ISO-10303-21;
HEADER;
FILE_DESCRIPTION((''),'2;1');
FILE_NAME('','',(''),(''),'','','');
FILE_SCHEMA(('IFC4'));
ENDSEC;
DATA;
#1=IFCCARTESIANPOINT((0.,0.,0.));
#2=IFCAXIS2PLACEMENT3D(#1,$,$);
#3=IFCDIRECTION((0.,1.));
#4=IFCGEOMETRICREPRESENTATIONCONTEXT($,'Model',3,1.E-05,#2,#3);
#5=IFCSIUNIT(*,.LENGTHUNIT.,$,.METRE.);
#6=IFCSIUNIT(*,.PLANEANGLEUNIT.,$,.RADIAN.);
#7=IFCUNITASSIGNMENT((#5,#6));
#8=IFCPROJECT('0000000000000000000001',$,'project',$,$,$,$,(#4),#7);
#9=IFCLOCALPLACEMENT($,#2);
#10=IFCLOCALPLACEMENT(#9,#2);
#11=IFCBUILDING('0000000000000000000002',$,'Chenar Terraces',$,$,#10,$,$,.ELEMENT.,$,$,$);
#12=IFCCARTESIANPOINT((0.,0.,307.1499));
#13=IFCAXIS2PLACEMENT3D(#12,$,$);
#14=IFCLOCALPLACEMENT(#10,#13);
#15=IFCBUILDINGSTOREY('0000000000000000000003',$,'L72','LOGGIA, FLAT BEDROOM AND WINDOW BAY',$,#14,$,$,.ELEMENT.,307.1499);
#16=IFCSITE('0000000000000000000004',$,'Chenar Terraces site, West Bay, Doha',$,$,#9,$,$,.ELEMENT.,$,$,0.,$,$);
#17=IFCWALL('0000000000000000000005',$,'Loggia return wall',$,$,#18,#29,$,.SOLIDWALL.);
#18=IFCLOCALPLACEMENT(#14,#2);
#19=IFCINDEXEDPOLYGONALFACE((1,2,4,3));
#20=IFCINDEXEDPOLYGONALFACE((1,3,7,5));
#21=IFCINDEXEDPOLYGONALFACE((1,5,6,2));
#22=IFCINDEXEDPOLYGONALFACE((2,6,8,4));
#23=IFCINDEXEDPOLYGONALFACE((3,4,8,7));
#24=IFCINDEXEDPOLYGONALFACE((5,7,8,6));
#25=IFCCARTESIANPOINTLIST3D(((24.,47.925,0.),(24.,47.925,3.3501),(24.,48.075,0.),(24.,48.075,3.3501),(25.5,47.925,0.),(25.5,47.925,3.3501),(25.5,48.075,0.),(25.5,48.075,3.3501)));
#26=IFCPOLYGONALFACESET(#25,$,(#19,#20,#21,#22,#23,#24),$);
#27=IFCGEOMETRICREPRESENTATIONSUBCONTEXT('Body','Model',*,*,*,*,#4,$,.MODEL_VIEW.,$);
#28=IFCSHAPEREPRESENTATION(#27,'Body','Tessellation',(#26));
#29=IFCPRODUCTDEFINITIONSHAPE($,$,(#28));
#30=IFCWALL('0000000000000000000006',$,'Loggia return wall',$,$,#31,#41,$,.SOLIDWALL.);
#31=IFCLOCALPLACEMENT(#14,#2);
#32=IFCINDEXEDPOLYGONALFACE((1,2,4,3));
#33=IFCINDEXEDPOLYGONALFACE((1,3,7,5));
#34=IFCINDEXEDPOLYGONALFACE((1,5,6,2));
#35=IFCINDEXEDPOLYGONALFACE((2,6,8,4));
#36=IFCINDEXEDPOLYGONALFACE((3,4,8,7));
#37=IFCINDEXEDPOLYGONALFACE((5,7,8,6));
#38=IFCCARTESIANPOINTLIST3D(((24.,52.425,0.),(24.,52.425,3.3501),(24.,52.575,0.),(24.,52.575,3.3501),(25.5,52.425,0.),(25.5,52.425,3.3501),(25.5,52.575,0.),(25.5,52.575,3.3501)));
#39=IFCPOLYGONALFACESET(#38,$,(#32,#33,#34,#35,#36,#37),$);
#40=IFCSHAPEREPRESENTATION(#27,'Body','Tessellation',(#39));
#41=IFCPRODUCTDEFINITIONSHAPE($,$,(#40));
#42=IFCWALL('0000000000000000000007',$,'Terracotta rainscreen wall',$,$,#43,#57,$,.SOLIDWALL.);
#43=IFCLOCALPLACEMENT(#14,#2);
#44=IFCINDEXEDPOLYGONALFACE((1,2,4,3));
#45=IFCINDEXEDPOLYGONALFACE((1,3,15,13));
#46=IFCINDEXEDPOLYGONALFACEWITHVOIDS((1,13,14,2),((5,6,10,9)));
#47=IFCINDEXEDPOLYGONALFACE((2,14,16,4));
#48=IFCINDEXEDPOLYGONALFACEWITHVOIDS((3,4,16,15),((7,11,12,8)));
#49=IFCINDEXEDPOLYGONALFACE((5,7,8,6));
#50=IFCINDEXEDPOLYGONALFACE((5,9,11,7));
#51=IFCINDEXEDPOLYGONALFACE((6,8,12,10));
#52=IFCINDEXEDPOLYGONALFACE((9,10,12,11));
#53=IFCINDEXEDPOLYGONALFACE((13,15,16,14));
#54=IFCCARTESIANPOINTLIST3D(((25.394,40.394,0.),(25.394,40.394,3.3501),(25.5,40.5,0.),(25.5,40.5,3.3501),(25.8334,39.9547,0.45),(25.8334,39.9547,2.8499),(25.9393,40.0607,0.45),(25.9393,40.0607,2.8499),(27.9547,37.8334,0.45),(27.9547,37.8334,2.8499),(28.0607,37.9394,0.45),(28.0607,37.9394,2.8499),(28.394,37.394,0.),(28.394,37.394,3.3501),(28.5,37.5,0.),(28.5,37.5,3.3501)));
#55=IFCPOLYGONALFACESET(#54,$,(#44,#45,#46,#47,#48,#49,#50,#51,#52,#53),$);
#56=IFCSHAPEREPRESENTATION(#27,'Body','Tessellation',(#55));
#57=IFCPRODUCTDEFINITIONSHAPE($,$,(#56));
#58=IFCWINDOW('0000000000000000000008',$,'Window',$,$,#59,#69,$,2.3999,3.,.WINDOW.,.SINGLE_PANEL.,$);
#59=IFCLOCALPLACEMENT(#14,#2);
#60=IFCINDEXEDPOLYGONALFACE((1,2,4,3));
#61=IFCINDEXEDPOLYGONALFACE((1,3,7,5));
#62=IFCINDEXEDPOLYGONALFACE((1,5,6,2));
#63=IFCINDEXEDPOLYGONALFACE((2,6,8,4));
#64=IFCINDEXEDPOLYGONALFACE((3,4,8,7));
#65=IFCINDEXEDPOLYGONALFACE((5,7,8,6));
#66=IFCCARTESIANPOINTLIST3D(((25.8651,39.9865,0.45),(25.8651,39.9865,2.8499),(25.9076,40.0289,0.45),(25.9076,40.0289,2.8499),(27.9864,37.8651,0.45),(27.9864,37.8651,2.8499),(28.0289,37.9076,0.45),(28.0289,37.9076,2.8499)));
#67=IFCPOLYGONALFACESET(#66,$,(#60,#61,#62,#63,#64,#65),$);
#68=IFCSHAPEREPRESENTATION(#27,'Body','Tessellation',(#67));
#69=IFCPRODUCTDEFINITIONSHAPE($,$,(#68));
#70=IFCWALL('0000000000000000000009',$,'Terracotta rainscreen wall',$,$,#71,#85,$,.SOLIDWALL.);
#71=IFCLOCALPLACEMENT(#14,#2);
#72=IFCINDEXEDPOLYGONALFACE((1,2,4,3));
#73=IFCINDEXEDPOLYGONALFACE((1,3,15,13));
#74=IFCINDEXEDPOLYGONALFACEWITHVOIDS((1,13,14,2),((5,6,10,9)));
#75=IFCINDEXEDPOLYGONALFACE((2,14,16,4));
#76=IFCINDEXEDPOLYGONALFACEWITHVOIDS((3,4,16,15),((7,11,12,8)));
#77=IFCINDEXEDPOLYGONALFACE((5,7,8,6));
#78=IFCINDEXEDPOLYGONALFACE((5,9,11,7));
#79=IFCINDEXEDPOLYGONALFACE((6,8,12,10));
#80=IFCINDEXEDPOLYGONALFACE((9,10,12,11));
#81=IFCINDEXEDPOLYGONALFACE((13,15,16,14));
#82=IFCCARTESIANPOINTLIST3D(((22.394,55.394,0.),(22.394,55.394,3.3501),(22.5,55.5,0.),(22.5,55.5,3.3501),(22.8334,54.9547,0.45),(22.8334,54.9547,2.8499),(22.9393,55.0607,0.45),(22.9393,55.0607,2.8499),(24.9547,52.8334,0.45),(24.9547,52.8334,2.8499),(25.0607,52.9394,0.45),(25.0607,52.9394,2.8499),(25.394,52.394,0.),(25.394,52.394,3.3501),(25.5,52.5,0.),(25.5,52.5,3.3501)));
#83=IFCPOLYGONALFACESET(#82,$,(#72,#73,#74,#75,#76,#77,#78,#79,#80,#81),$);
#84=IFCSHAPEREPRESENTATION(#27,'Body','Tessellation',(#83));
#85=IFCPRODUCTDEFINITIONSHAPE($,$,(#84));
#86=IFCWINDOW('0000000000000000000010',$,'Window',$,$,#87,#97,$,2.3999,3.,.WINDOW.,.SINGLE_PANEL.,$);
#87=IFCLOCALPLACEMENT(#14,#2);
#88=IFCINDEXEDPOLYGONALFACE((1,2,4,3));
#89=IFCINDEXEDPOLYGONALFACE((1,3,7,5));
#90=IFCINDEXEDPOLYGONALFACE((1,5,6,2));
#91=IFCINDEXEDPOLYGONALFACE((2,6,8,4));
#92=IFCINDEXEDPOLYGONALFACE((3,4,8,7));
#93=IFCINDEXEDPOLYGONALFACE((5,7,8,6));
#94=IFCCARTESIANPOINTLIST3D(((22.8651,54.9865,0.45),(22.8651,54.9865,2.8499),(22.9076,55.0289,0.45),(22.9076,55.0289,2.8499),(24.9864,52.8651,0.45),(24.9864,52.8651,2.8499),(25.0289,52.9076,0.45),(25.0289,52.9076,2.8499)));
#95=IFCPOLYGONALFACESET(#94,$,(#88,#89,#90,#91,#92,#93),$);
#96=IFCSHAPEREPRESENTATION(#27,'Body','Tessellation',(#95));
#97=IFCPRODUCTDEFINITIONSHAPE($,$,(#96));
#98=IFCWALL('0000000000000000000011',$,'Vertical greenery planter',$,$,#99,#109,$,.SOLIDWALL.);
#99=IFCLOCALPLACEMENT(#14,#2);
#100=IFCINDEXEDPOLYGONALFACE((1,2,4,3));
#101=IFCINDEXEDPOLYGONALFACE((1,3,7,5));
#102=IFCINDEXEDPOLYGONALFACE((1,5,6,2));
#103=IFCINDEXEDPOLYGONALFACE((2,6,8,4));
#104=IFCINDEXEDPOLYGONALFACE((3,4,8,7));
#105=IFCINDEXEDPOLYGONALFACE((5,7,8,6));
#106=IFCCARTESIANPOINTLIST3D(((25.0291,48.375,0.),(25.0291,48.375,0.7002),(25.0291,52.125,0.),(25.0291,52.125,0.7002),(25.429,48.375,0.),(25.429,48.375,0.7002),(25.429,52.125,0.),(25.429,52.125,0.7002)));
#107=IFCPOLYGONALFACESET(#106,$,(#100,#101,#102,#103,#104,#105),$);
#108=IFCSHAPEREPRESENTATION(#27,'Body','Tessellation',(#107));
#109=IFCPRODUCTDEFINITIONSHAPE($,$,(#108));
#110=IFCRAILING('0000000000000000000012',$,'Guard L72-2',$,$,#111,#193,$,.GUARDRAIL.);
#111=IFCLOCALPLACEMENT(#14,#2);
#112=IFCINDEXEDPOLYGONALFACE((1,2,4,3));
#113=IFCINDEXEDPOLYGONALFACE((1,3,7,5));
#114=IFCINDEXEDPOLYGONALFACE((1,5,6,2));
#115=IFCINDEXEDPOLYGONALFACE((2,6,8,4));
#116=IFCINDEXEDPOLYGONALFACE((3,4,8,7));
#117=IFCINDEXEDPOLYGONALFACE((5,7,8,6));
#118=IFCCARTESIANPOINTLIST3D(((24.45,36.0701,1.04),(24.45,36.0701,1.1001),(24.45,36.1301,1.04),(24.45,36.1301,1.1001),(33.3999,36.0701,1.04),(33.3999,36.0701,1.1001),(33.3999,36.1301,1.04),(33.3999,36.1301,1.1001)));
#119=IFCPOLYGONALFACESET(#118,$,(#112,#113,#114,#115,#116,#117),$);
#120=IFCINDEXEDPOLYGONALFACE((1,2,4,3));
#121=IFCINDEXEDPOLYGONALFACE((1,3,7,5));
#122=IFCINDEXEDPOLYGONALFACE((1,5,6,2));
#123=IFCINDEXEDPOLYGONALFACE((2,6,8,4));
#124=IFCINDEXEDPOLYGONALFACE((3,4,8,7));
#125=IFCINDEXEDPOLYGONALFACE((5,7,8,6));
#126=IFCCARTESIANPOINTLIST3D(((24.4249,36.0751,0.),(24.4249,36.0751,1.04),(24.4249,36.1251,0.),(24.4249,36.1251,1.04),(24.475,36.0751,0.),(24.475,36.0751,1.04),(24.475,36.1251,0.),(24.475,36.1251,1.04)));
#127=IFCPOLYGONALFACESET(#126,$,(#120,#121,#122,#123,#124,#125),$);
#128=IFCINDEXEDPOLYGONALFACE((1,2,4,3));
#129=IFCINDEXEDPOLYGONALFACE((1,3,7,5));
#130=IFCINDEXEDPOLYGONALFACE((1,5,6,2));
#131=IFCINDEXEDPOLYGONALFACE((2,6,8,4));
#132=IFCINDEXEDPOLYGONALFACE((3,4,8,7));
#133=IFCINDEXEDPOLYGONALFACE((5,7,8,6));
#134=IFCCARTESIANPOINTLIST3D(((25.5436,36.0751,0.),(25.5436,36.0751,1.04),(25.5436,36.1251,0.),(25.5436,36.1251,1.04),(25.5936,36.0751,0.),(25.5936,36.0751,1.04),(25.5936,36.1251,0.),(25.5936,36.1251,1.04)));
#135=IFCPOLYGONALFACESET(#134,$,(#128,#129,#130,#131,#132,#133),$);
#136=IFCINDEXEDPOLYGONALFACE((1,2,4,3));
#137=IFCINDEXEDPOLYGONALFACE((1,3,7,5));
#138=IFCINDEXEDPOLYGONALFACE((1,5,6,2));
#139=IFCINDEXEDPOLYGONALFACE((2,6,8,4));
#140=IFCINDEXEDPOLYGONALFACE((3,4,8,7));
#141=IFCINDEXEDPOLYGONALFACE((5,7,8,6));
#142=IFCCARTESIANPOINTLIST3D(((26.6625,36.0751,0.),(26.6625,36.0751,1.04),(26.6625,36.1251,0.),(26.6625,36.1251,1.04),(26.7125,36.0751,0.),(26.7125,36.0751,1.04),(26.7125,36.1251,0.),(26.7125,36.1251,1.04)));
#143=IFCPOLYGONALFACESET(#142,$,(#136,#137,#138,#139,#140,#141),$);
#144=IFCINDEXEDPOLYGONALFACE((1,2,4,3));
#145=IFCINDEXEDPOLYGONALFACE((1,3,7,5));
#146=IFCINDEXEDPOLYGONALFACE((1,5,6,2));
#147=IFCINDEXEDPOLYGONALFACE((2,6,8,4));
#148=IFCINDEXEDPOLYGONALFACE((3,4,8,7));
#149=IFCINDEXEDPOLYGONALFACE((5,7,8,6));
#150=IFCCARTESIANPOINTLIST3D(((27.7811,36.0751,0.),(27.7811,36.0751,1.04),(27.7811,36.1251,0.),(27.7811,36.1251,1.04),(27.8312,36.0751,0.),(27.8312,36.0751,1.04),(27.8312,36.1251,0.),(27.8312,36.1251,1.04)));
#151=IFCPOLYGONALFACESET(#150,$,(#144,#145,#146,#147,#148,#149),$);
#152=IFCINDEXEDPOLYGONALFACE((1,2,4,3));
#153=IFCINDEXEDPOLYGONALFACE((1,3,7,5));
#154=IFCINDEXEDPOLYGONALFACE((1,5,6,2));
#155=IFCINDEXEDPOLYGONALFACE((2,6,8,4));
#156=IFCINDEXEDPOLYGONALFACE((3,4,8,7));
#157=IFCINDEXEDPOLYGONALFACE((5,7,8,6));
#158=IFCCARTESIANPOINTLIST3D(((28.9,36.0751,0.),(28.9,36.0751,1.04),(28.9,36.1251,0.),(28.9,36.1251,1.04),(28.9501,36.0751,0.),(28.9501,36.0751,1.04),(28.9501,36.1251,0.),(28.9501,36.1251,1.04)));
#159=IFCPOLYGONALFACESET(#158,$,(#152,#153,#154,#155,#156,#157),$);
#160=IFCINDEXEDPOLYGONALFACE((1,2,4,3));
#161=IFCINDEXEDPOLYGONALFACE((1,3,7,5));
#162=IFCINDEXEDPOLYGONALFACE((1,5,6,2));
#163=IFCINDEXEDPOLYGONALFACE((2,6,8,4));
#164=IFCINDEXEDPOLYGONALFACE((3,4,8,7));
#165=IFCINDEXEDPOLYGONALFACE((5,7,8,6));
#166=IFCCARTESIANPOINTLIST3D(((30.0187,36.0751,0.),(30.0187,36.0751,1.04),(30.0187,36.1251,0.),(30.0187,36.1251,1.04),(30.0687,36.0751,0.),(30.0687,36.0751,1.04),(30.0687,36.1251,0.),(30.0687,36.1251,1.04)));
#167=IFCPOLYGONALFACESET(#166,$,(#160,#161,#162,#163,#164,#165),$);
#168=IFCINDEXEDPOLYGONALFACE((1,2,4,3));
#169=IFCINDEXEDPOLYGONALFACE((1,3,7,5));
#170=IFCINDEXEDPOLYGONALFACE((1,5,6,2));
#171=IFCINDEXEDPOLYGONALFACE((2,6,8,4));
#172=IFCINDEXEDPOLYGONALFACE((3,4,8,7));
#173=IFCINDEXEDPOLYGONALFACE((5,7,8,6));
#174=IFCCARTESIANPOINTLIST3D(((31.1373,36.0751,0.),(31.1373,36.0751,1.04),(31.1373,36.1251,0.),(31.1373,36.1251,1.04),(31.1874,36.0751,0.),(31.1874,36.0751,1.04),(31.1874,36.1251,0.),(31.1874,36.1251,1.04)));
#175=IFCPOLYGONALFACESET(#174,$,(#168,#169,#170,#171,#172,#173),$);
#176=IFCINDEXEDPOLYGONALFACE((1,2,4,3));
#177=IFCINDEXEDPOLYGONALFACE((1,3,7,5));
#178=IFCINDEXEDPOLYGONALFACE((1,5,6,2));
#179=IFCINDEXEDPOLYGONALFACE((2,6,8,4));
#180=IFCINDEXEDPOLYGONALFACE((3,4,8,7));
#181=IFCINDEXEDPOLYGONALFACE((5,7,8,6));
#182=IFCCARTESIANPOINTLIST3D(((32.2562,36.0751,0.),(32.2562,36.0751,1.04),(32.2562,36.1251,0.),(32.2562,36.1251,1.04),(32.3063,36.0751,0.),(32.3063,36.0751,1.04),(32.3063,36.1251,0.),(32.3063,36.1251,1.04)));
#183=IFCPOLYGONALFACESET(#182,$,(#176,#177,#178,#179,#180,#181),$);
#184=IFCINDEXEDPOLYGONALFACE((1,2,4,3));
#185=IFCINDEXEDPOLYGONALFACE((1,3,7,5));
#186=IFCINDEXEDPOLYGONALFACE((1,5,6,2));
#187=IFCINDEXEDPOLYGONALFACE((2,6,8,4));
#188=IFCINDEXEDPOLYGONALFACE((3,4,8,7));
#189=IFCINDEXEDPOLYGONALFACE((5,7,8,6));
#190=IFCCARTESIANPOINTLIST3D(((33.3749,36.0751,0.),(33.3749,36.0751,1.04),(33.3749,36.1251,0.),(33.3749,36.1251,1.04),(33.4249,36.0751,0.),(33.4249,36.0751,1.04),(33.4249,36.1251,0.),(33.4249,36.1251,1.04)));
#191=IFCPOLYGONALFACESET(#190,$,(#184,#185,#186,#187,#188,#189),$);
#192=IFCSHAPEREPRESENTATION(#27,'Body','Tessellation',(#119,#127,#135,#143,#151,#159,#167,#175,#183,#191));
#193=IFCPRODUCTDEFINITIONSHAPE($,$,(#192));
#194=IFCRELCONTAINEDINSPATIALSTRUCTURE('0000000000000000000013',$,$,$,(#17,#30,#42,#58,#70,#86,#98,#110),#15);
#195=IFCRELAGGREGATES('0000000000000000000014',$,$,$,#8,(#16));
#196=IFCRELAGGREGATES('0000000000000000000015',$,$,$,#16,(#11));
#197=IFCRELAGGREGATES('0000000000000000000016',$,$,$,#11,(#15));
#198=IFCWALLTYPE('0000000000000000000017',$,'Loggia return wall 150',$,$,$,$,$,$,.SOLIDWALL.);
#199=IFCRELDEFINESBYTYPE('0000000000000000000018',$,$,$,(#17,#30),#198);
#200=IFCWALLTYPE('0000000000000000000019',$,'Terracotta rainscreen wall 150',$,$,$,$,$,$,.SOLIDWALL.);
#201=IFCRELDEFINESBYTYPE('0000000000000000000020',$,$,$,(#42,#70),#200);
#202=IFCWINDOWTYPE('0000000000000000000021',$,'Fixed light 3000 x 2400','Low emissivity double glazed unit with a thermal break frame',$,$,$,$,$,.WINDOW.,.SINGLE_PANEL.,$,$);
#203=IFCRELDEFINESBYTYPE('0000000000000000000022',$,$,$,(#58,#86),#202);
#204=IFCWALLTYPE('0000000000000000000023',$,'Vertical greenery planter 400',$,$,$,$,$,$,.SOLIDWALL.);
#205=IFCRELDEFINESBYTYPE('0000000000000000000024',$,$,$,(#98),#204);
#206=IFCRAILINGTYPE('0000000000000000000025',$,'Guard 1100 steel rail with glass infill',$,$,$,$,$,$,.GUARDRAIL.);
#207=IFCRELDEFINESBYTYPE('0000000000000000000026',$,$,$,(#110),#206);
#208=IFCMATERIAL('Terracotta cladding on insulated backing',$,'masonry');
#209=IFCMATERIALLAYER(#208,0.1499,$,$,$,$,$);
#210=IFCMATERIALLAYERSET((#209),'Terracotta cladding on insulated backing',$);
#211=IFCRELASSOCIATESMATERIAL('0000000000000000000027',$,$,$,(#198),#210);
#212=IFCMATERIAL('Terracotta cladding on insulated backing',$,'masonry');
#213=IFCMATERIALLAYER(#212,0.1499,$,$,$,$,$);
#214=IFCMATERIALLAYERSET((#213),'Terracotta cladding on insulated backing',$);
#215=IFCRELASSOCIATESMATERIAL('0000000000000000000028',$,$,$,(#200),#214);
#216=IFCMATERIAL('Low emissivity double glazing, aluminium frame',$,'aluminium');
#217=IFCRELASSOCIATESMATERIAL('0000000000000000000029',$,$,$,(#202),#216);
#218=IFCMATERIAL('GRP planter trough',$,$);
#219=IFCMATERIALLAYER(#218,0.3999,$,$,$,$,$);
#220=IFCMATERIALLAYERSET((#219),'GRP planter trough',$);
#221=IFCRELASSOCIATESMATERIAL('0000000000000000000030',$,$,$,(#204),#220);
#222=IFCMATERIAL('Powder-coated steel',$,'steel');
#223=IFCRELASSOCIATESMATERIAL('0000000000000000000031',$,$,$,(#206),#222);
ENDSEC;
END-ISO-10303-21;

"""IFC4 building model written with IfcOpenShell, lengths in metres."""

from ifc_helpers import new_model, si_unit, direction, frame, frame_2d, origin, origin_2d, place, context, subcontext, project, spatial, rectangle, extrude, material, layer, layer_set, type_object, element, fill, save


model = new_model("IFC4")

# Units and contexts
model_context = context("Model", 3, precision=1e-05, world=origin(), true_north=direction((0.0, 1.0)))
body_context = subcontext(model_context, "Body", "Model", "MODEL_VIEW")
ifc_project = project(units=[si_unit("LENGTHUNIT", "METRE"), si_unit("PLANEANGLEUNIT", "RADIAN")], contexts=[model_context])

# Site, building, storey
site_placement = place(None, origin())
site = spatial("IfcSite", under=ifc_project, at=site_placement, Name="Chenar Terraces site, West Bay, Doha", CompositionType="ELEMENT", RefElevation=0.0)
building_placement = place(site_placement, origin())
building = spatial("IfcBuilding", under=site, at=building_placement, Name="Chenar Terraces", CompositionType="ELEMENT")
storey_placement = place(building_placement, frame((0.0, 0.0, 307.1499)))
storey = spatial("IfcBuildingStorey", under=building, at=storey_placement, Name="L72", Description="LOGGIA, FLAT BEDROOM AND WINDOW BAY", CompositionType="ELEMENT", Elevation=307.1499)

# Walls
ifc_material_1 = material(Name="Terracotta cladding on insulated backing", Category="masonry")
ifc_layer_1 = layer(ifc_material_1, 0.1499)
ifc_layer_set_1 = layer_set([ifc_layer_1], Name="Terracotta cladding on insulated backing")
wall_type_1 = type_object("IfcWallType", Name="Loggia return wall 150", PredefinedType="SOLIDWALL", material=ifc_layer_set_1)
for number, where, z_axis, x_axis, name in (
    (1, (25.5, 48.0, 0.0), (0.0, 0.0, 1.0), (-1.0, 0.0, 0.0), "Loggia return wall"),
    (2, (25.5, 52.5, 0.0), (0.0, 0.0, 1.0), (-1.0, 0.0, 0.0), "Loggia return wall"),
):
    element("IfcWall", number, at=place(storey_placement, frame(where, z_axis=z_axis, x_axis=x_axis)), inside=storey, type_object=wall_type_1, Name=name, PredefinedType="SOLIDWALL", context=body_context, shape_type="SweptSolid", body=[
        extrude(rectangle(XDim=1.5, YDim=0.1499, at=frame_2d((0.75, 0.0))), origin(), (0.0, 0.0, 1.0), 3.3501),
    ])

# Walls, openings, windows
ifc_material_2 = material(Name="Terracotta cladding on insulated backing", Category="masonry")
ifc_layer_2 = layer(ifc_material_2, 0.1499)
ifc_layer_set_2 = layer_set([ifc_layer_2], Name="Terracotta cladding on insulated backing")
wall_type_2 = type_object("IfcWallType", Name="Terracotta rainscreen wall 150", PredefinedType="SOLIDWALL", material=ifc_layer_set_2)
wall_1_placement = place(storey_placement, frame((28.447, 37.447, 0.0), z_axis=(0.0, 0.0, 1.0), x_axis=(-0.707107, 0.707107, 0.0)))
wall_1 = element("IfcWall", 3, at=wall_1_placement, inside=storey, type_object=wall_type_2, Name="Terracotta rainscreen wall", PredefinedType="SOLIDWALL", context=body_context, shape_type="SweptSolid", body=[
    extrude(rectangle(XDim=4.2427, YDim=0.1499, at=frame_2d((2.1213, 0.0))), origin(), (0.0, 0.0, 1.0), 3.3501),
])
opening_1_placement = place(wall_1_placement, frame((0.6213, 0.0, 0.45)))
opening_1 = element("IfcOpeningElement", 4, at=opening_1_placement, cuts=wall_1, PredefinedType="OPENING", context=body_context, shape_type="SweptSolid", body=[
    extrude(rectangle(XDim=3.0, YDim=2.3999, at=frame_2d((1.5, 1.2))), frame((0.0, 0.085, 0.0), z_axis=(0.0, -1.0, 0.0), x_axis=(1.0, 0.0, 0.0)), (0.0, 0.0, 1.0), 0.1699),
])
ifc_material_3 = material(Name="Low emissivity double glazing, aluminium frame", Category="aluminium")
window_type_1 = type_object("IfcWindowType", Name="Fixed light 3000 x 2400", Description="Low emissivity double glazed unit with a thermal break frame", PartitioningType="SINGLE_PANEL", PredefinedType="WINDOW", material=ifc_material_3)
window_1_placement = place(opening_1_placement, origin())
window_1 = element("IfcWindow", 5, at=window_1_placement, inside=storey, type_object=window_type_1, Name="Window", OverallHeight=2.3999, OverallWidth=3.0, PartitioningType="SINGLE_PANEL", PredefinedType="WINDOW", context=body_context, shape_type="SweptSolid", body=[
    extrude(rectangle(XDim=3.0, YDim=2.3999, at=frame_2d((1.5, 1.2))), frame((0.0, 0.03, 0.0), z_axis=(0.0, -1.0, 0.0), x_axis=(1.0, 0.0, 0.0)), (0.0, 0.0, 1.0), 0.0601),
])
fill(opening_1, window_1)
wall_2_placement = place(storey_placement, frame((25.447, 52.447, 0.0), z_axis=(0.0, 0.0, 1.0), x_axis=(-0.707107, 0.707107, 0.0)))
wall_2 = element("IfcWall", 6, at=wall_2_placement, inside=storey, type_object=wall_type_2, Name="Terracotta rainscreen wall", PredefinedType="SOLIDWALL", context=body_context, shape_type="SweptSolid", body=[
    extrude(rectangle(XDim=4.2427, YDim=0.1499, at=frame_2d((2.1213, 0.0))), origin(), (0.0, 0.0, 1.0), 3.3501),
])
opening_2_placement = place(wall_2_placement, frame((0.6213, 0.0, 0.45)))
opening_2 = element("IfcOpeningElement", 7, at=opening_2_placement, cuts=wall_2, PredefinedType="OPENING", context=body_context, shape_type="SweptSolid", body=[
    extrude(rectangle(XDim=3.0, YDim=2.3999, at=frame_2d((1.5, 1.2))), frame((0.0, 0.085, 0.0), z_axis=(0.0, -1.0, 0.0), x_axis=(1.0, 0.0, 0.0)), (0.0, 0.0, 1.0), 0.1699),
])
window_2_placement = place(opening_2_placement, origin())
window_2 = element("IfcWindow", 8, at=window_2_placement, inside=storey, type_object=window_type_1, Name="Window", OverallHeight=2.3999, OverallWidth=3.0, PartitioningType="SINGLE_PANEL", PredefinedType="WINDOW", context=body_context, shape_type="SweptSolid", body=[
    extrude(rectangle(XDim=3.0, YDim=2.3999, at=frame_2d((1.5, 1.2))), frame((0.0, 0.03, 0.0), z_axis=(0.0, -1.0, 0.0), x_axis=(1.0, 0.0, 0.0)), (0.0, 0.0, 1.0), 0.0601),
])
fill(opening_2, window_2)

# Wall
ifc_material_4 = material(Name="GRP planter trough")
ifc_layer_3 = layer(ifc_material_4, 0.3999)
ifc_layer_set_3 = layer_set([ifc_layer_3], Name="GRP planter trough")
wall_type_3 = type_object("IfcWallType", Name="Vertical greenery planter 400", PredefinedType="SOLIDWALL", material=ifc_layer_set_3)
wall_3_placement = place(storey_placement, frame((25.229, 48.375, 0.0), z_axis=(0.0, 0.0, 1.0), x_axis=(0.0, 1.0, 0.0)))
element("IfcWall", 9, at=wall_3_placement, inside=storey, type_object=wall_type_3, Name="Vertical greenery planter", PredefinedType="SOLIDWALL", context=body_context, shape_type="SweptSolid", body=[
    extrude(rectangle(XDim=3.75, YDim=0.3999, at=frame_2d((1.875, 0.0))), origin(), (0.0, 0.0, 1.0), 0.7002),
])

# Railing
ifc_material_5 = material(Name="Powder-coated steel", Category="steel")
railing_type_1 = type_object("IfcRailingType", Name="Guard 1100 steel rail with glass infill", PredefinedType="GUARDRAIL", material=ifc_material_5)
railing_1_placement = place(storey_placement, frame((24.45, 36.1001, 0.0)))
element("IfcRailing", 10, at=railing_1_placement, inside=storey, type_object=railing_type_1, Name="Guard L72-2", PredefinedType="GUARDRAIL", context=body_context, shape_type="SweptSolid", body=[
    extrude(rectangle(XDim=0.0601, YDim=0.0601, at=origin_2d()), frame((0.0, 0.0, 1.0701), z_axis=(1.0, 0.0, 0.0), x_axis=(0.0, 1.0, 0.0)), (0.0, 0.0, 1.0), 8.95),
    extrude(rectangle(XDim=0.05, YDim=0.05, at=origin_2d()), origin(), (0.0, 0.0, 1.0), 1.04),
    extrude(rectangle(XDim=0.05, YDim=0.05, at=origin_2d()), frame((1.1187, 0.0, 0.0)), (0.0, 0.0, 1.0), 1.04),
    extrude(rectangle(XDim=0.05, YDim=0.05, at=origin_2d()), frame((2.2375, 0.0, 0.0)), (0.0, 0.0, 1.0), 1.04),
    extrude(rectangle(XDim=0.05, YDim=0.05, at=origin_2d()), frame((3.3562, 0.0, 0.0)), (0.0, 0.0, 1.0), 1.04),
    extrude(rectangle(XDim=0.05, YDim=0.05, at=origin_2d()), frame((4.4751, 0.0, 0.0)), (0.0, 0.0, 1.0), 1.04),
    extrude(rectangle(XDim=0.05, YDim=0.05, at=origin_2d()), frame((5.5938, 0.0, 0.0)), (0.0, 0.0, 1.0), 1.04),
    extrude(rectangle(XDim=0.05, YDim=0.05, at=origin_2d()), frame((6.7124, 0.0, 0.0)), (0.0, 0.0, 1.0), 1.04),
    extrude(rectangle(XDim=0.05, YDim=0.05, at=origin_2d()), frame((7.8313, 0.0, 0.0)), (0.0, 0.0, 1.0), 1.04),
    extrude(rectangle(XDim=0.05, YDim=0.05, at=origin_2d()), frame((8.95, 0.0, 0.0)), (0.0, 0.0, 1.0), 1.04),
])

save(model, "model.ifc")
